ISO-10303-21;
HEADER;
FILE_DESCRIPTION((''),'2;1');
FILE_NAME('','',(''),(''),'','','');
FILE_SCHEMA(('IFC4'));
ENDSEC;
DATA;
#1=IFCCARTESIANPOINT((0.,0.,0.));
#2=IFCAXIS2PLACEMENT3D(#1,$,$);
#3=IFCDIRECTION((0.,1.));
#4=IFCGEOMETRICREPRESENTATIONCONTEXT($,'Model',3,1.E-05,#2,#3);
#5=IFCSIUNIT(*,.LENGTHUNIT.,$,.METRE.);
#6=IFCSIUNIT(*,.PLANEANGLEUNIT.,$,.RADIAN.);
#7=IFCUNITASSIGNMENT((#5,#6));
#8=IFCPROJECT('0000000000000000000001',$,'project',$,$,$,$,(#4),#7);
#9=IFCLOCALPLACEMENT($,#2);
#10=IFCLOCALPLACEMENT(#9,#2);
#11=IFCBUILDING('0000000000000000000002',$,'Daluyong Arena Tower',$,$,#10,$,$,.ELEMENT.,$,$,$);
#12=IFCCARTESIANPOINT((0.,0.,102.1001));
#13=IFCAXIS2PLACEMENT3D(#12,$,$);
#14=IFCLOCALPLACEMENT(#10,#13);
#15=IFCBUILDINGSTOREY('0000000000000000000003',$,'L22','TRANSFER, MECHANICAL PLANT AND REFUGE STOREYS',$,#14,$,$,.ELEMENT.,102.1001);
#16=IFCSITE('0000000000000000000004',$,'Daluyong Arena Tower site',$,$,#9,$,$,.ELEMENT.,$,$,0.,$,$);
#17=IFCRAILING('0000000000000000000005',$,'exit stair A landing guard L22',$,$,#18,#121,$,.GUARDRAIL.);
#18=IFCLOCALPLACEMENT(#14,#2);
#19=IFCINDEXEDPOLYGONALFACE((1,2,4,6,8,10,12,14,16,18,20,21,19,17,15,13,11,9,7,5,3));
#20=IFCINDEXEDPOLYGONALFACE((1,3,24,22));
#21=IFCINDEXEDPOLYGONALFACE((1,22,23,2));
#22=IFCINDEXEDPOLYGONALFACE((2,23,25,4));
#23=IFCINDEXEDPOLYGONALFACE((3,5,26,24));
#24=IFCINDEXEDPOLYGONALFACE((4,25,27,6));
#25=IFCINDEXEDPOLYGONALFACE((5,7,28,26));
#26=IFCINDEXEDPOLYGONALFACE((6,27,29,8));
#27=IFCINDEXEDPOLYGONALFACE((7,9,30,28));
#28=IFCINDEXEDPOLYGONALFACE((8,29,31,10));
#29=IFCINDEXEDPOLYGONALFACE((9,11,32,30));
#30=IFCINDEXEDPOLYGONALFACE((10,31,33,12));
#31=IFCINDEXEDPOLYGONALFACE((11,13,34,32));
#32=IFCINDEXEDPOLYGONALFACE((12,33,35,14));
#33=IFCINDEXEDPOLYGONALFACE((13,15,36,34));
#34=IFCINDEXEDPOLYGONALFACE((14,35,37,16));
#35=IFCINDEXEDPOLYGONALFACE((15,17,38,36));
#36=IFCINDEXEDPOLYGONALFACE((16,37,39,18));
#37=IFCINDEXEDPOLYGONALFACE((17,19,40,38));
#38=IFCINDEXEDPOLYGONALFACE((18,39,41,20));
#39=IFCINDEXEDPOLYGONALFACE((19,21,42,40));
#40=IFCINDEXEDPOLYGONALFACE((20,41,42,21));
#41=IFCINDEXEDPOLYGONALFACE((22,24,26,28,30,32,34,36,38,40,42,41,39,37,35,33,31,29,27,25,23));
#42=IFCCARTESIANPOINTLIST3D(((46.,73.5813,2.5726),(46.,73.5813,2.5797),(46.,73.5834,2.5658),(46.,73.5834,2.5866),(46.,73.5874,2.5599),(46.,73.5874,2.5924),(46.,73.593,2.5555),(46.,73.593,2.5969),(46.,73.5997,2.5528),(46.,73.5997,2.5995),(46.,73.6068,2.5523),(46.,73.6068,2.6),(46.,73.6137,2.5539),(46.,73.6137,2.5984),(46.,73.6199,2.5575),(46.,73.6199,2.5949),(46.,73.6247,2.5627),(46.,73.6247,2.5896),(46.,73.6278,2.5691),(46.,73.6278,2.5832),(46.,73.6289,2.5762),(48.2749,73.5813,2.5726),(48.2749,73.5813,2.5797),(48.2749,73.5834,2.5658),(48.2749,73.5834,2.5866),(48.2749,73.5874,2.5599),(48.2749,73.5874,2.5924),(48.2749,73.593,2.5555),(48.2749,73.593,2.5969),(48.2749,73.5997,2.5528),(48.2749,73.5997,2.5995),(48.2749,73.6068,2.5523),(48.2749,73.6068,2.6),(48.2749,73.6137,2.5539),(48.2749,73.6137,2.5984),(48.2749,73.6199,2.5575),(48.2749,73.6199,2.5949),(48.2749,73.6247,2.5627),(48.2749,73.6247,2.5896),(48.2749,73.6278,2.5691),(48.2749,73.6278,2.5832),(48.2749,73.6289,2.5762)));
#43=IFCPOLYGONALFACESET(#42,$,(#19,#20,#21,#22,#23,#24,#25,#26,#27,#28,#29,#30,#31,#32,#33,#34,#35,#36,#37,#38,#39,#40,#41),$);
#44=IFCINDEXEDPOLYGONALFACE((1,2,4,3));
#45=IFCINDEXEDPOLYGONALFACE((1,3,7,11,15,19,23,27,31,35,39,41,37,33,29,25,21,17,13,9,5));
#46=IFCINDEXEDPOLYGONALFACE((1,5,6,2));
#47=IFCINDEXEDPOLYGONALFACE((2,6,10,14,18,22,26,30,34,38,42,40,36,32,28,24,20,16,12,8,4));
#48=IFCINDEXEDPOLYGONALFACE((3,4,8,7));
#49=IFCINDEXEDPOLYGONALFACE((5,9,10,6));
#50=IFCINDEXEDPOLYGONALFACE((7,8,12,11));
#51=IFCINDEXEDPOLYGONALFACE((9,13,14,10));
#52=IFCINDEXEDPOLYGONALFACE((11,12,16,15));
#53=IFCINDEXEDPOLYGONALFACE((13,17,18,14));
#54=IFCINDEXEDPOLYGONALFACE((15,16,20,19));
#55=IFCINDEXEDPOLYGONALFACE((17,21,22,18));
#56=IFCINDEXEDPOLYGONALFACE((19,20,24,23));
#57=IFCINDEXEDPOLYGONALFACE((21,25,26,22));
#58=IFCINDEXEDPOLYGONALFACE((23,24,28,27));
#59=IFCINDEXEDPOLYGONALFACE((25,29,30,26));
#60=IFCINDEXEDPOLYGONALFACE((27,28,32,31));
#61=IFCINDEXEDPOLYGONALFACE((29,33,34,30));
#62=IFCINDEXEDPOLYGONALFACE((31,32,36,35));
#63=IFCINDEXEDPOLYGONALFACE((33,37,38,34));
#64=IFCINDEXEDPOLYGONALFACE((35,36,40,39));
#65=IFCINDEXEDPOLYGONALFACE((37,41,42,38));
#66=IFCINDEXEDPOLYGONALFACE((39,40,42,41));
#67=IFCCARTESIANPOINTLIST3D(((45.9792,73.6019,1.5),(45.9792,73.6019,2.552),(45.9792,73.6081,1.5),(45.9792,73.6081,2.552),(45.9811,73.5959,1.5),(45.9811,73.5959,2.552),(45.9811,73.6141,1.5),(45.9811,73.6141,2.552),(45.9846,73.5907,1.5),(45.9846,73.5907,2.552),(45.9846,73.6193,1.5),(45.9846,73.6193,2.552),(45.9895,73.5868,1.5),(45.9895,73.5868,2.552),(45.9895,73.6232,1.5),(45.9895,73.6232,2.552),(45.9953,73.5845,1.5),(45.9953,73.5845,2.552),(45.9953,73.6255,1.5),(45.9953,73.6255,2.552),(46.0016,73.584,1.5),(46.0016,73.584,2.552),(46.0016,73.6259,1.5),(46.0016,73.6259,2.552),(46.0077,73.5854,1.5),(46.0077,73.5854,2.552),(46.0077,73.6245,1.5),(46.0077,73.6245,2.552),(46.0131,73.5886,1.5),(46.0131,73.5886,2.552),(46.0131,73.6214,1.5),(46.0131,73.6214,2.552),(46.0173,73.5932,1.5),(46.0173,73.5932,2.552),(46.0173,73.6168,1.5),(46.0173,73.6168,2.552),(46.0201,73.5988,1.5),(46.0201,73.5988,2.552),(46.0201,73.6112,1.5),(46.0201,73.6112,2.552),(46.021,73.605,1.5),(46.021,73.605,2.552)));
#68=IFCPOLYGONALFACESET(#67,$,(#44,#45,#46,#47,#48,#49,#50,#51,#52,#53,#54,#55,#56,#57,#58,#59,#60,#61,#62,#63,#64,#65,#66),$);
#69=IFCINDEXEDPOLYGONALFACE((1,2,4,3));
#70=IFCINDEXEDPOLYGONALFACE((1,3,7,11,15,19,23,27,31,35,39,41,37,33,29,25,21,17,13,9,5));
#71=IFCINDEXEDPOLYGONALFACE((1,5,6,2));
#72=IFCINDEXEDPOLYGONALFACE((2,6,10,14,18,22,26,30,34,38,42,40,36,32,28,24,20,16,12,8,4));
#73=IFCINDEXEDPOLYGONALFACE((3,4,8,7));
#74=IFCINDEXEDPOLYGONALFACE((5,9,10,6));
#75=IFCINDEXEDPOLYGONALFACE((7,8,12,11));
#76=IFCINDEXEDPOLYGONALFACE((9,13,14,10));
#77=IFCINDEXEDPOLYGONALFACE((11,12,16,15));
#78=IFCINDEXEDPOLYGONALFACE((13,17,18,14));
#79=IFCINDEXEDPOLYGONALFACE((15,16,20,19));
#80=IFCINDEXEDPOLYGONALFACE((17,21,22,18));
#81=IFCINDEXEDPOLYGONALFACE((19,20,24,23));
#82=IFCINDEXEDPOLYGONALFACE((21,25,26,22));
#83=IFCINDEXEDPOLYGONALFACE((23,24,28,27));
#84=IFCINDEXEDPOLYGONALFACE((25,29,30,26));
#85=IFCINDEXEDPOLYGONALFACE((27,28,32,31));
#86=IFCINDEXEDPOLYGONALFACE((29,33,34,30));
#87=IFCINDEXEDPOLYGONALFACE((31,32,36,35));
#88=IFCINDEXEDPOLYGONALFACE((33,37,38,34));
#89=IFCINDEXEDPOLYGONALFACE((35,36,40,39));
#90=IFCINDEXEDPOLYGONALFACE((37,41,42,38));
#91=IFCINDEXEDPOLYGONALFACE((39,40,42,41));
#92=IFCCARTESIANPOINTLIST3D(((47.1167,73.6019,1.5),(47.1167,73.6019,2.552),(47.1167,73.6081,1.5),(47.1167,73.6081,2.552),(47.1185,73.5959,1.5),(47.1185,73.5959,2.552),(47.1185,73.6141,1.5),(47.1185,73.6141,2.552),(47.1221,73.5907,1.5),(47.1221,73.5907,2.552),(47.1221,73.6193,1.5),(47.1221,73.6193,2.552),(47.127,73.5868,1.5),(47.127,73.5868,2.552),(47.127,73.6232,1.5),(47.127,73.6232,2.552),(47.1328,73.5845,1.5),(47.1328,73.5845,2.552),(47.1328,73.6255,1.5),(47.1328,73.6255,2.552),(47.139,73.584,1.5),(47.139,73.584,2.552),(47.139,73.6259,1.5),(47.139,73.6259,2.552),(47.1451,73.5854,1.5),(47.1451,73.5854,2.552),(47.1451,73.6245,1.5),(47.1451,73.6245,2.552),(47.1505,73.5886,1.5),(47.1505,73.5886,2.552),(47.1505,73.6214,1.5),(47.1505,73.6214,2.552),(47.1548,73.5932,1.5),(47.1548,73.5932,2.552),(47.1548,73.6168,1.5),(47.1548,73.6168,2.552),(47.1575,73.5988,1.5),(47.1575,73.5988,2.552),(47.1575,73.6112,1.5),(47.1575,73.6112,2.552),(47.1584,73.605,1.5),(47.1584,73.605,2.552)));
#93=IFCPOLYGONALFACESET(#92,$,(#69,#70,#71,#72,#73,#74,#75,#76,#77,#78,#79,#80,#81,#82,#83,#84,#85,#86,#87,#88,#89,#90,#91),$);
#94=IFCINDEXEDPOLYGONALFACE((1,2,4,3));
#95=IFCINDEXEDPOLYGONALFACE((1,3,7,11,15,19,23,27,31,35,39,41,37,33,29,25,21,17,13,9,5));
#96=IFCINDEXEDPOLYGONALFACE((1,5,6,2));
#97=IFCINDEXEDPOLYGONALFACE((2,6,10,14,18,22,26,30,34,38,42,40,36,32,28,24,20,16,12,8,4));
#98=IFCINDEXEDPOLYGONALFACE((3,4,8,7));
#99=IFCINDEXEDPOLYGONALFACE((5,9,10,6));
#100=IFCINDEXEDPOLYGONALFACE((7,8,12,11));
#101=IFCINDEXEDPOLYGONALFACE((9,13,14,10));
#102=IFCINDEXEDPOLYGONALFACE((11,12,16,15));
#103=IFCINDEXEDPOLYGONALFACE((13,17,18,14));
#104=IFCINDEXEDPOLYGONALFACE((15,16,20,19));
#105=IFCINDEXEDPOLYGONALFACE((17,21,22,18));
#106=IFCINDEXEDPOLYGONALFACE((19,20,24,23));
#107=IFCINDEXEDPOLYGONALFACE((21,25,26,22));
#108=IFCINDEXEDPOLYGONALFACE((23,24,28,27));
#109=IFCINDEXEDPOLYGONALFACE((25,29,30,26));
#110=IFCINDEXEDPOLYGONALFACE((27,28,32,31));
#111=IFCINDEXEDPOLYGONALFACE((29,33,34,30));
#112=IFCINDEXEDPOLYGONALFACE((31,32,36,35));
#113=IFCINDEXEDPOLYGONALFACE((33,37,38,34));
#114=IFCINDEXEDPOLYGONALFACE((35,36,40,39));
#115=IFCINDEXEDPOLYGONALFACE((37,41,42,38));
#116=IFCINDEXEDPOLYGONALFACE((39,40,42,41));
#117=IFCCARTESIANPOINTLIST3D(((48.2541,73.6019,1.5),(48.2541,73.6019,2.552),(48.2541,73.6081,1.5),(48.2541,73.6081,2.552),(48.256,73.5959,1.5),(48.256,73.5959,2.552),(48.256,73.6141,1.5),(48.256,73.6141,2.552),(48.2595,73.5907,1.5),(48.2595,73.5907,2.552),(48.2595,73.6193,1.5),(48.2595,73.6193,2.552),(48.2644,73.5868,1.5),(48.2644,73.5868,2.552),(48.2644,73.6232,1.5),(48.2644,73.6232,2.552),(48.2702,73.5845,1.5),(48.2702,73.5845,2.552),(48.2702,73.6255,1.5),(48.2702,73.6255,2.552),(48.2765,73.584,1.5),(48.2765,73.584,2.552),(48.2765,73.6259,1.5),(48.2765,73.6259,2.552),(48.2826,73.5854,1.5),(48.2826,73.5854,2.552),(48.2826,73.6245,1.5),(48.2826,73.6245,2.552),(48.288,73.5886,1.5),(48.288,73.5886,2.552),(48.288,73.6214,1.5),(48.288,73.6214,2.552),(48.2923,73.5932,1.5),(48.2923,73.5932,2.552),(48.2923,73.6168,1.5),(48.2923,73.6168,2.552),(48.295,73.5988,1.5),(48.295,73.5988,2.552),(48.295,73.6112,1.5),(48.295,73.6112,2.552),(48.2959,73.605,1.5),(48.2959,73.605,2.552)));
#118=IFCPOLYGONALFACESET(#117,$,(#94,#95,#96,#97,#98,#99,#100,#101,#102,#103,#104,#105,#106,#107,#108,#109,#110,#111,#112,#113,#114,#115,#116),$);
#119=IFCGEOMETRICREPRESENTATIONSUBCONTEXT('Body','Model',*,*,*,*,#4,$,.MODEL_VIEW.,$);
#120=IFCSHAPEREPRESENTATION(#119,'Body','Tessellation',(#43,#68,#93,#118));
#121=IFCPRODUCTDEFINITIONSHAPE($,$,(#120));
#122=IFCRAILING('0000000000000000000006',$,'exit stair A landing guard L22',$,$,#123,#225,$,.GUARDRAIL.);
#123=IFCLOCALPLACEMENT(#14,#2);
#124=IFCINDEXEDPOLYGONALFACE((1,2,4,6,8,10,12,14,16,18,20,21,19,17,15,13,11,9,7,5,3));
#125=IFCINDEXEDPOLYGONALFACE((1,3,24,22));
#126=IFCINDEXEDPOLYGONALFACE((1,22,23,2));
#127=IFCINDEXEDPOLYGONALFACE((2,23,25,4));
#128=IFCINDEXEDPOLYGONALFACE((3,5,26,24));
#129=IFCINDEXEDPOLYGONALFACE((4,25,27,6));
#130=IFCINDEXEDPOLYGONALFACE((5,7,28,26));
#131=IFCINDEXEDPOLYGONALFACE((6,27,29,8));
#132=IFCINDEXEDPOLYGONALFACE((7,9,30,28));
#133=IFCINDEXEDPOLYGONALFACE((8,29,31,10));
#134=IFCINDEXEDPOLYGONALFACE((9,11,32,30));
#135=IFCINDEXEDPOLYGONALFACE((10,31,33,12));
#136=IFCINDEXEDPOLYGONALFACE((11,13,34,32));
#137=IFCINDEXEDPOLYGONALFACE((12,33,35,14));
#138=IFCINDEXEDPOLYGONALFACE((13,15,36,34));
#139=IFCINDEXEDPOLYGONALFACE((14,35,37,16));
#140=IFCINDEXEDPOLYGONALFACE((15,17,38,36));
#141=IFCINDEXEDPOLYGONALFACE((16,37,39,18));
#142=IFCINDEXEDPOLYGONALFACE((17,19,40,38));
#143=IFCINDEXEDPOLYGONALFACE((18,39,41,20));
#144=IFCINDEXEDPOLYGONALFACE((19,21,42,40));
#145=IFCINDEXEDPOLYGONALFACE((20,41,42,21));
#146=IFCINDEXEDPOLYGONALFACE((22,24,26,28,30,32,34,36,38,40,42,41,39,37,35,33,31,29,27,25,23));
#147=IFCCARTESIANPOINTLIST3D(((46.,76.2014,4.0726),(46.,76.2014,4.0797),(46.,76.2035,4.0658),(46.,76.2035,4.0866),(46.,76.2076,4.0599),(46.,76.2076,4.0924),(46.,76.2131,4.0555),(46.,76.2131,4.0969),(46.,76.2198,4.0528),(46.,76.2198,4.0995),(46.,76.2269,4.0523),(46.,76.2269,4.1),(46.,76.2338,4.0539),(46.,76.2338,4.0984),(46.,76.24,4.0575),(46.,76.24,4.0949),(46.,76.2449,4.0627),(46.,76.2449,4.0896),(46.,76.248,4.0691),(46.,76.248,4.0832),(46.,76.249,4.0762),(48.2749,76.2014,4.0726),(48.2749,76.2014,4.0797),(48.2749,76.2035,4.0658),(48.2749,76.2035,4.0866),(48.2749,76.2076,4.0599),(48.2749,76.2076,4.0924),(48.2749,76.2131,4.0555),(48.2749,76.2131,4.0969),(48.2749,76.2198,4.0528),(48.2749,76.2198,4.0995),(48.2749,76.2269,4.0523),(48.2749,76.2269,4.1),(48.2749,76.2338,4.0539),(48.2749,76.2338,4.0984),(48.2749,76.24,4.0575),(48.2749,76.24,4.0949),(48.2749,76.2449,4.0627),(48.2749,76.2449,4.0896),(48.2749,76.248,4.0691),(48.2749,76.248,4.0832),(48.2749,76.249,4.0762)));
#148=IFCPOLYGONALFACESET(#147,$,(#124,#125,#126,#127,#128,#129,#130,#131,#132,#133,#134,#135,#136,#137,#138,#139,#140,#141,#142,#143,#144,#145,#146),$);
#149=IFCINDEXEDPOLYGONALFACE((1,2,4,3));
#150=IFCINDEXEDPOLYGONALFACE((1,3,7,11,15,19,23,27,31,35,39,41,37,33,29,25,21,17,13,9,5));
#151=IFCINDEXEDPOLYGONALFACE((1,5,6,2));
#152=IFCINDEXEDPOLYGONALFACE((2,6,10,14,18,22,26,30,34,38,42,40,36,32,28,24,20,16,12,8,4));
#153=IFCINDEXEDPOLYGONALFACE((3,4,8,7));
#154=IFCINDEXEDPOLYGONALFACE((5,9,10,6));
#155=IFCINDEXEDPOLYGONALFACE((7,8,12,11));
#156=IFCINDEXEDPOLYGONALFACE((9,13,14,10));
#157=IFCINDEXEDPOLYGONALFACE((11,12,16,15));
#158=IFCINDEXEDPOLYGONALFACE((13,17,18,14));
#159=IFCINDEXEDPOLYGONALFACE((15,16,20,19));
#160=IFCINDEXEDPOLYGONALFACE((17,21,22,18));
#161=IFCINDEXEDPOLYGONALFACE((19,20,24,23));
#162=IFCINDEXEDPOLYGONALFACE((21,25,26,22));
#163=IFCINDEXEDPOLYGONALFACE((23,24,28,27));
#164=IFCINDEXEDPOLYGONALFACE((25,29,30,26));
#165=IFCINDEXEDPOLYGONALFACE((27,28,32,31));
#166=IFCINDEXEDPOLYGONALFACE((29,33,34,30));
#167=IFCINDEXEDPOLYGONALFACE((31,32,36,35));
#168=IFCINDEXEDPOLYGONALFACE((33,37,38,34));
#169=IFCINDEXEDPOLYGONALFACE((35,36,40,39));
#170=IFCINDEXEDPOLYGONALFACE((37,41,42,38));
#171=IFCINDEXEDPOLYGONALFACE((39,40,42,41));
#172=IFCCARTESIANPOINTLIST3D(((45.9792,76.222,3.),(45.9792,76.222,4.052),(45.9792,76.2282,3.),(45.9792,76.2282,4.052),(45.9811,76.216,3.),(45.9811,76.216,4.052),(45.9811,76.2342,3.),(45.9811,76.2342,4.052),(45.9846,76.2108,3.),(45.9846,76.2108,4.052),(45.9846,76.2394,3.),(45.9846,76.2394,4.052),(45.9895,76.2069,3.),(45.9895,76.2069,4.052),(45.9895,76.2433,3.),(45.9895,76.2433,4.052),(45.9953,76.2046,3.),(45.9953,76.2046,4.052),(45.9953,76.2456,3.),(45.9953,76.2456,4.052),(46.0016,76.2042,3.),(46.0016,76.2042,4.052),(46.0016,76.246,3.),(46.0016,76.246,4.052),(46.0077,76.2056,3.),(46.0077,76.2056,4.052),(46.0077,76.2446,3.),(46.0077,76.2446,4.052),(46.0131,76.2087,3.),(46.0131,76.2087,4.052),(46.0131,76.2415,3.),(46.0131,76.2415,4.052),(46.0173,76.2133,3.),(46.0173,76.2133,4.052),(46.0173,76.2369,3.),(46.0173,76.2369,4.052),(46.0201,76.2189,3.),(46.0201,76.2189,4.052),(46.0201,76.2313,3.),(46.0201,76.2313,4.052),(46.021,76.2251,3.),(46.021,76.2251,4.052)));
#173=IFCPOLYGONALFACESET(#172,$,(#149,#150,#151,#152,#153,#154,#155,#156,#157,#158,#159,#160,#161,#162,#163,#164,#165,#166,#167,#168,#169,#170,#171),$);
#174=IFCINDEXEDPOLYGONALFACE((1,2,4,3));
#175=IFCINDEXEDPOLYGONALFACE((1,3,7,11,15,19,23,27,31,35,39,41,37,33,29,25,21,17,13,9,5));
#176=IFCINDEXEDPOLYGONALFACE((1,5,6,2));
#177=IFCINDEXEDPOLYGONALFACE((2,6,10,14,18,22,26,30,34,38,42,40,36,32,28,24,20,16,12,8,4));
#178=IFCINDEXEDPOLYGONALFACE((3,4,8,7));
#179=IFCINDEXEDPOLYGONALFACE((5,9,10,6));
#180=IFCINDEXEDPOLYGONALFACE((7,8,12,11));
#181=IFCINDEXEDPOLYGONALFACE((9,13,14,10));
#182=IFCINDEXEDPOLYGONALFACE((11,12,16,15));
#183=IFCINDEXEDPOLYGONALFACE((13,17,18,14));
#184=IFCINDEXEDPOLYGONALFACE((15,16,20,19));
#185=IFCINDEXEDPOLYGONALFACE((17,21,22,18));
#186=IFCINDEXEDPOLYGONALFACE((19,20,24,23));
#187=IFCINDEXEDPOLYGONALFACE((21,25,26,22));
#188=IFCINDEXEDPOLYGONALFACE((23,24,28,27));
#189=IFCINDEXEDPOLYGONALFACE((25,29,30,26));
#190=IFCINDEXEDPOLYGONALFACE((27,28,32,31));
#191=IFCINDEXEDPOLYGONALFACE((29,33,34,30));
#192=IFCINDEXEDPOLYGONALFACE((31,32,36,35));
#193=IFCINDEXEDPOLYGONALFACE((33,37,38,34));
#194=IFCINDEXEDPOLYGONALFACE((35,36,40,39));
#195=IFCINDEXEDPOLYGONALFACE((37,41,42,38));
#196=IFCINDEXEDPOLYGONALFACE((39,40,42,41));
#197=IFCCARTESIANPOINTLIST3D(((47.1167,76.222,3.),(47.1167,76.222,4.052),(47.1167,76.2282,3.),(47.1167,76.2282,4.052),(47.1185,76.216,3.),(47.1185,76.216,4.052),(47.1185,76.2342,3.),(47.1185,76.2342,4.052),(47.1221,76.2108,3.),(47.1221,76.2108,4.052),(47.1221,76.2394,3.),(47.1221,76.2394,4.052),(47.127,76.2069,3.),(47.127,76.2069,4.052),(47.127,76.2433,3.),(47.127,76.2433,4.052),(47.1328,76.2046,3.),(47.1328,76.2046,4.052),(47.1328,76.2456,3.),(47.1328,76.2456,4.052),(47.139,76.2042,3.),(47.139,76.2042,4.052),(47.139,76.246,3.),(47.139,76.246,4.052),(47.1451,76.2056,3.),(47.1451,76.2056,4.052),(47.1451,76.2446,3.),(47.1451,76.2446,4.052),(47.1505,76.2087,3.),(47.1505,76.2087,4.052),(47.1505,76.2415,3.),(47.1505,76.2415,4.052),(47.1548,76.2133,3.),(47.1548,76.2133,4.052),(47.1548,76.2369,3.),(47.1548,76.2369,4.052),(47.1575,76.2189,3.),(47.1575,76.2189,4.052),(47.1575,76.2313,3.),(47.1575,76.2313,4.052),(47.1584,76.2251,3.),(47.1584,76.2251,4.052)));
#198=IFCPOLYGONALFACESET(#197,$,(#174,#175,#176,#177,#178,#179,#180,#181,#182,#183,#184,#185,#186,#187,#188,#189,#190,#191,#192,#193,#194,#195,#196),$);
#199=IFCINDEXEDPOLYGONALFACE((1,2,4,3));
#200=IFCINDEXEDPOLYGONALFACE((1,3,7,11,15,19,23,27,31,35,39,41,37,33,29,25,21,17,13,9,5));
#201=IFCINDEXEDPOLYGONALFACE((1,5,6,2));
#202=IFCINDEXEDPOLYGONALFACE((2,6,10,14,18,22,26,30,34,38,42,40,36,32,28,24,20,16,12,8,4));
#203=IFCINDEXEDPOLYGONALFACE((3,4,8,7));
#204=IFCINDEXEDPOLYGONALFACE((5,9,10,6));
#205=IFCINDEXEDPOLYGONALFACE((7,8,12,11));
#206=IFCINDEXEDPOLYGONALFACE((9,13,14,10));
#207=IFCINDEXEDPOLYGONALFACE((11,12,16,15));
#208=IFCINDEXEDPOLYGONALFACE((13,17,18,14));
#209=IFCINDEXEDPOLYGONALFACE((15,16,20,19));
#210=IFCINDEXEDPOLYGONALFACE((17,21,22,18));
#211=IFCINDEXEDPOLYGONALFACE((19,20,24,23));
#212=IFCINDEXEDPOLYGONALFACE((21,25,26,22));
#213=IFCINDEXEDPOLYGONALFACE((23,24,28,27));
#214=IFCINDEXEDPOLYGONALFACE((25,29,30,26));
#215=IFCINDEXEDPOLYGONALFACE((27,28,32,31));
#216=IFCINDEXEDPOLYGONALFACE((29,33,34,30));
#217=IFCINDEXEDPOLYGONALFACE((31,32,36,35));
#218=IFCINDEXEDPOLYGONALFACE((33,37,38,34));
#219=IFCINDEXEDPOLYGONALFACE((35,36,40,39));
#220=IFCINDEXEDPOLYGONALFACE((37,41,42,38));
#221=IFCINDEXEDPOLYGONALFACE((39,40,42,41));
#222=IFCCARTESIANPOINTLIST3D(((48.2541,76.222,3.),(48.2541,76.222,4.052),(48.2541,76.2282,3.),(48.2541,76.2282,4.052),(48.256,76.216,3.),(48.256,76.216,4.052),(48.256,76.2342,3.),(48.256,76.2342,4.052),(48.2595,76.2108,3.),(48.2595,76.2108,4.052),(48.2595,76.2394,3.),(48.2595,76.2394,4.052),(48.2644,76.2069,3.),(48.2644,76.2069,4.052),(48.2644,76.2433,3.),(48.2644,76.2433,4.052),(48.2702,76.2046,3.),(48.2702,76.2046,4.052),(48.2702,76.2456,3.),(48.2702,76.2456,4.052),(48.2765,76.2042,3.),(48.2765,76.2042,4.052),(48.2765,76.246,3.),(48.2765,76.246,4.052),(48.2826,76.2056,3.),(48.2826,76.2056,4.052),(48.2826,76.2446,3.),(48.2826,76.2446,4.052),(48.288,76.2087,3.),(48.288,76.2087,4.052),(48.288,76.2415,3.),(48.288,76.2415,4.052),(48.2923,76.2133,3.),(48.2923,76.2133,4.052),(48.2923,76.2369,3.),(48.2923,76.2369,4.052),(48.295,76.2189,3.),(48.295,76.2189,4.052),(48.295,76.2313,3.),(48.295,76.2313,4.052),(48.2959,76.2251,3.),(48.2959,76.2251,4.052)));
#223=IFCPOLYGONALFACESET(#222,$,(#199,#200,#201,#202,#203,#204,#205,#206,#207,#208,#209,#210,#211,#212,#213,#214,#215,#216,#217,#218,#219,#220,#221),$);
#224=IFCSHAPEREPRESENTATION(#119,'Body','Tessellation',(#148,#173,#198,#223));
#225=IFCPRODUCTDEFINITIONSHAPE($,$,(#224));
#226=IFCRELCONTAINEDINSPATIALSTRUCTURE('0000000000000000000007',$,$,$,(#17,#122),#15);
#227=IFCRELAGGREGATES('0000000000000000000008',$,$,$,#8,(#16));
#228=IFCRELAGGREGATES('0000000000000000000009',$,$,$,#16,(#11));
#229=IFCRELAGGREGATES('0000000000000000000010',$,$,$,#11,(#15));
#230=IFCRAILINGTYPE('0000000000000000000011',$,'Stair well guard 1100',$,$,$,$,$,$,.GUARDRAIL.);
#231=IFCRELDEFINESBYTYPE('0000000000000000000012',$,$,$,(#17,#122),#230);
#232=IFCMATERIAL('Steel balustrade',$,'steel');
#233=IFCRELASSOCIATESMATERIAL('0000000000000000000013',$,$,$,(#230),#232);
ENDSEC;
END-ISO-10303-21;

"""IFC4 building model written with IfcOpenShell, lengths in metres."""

from ifc_helpers import new_model, si_unit, direction, frame, origin, origin_2d, place, context, subcontext, project, spatial, circle, extrude, material, type_object, element, save


model = new_model("IFC4")

# Units and contexts
model_context = context("Model", 3, precision=1e-05, world=origin(), true_north=direction((0.0, 1.0)))
body_context = subcontext(model_context, "Body", "Model", "MODEL_VIEW")
ifc_project = project(units=[si_unit("LENGTHUNIT", "METRE"), si_unit("PLANEANGLEUNIT", "RADIAN")], contexts=[model_context])

# Site, building, storey
site_placement = place(None, origin())
site = spatial("IfcSite", under=ifc_project, at=site_placement, Name="Daluyong Arena Tower site", CompositionType="ELEMENT", RefElevation=0.0)
building_placement = place(site_placement, origin())
building = spatial("IfcBuilding", under=site, at=building_placement, Name="Daluyong Arena Tower", CompositionType="ELEMENT")
storey_placement = place(building_placement, frame((0.0, 0.0, 102.1001)))
storey = spatial("IfcBuildingStorey", under=building, at=storey_placement, Name="L22", Description="TRANSFER, MECHANICAL PLANT AND REFUGE STOREYS", CompositionType="ELEMENT", Elevation=102.1001)

# Railings
ifc_material_1 = material(Name="Steel balustrade", Category="steel")
railing_type_1 = type_object("IfcRailingType", Name="Stair well guard 1100", PredefinedType="GUARDRAIL", material=ifc_material_1)
for number, where, name in (
    (1, (46.0, 73.605, 1.5), "exit stair A landing guard L22"),
    (2, (46.0, 76.2251, 3.0), "exit stair A landing guard L22"),
):
    element("IfcRailing", number, at=place(storey_placement, frame(where)), inside=storey, type_object=railing_type_1, Name=name, PredefinedType="GUARDRAIL", context=body_context, shape_type="SweptSolid", body=[
        extrude(circle(Radius=0.0239, at=origin_2d()), frame((0.0, 0.0, 1.0762), z_axis=(1.0, 0.0, 0.0), x_axis=(0.0, 1.0, 0.0)), (0.0, 0.0, 1.0), 2.2749),
        extrude(circle(Radius=0.021, at=origin_2d()), origin(), (0.0, 0.0, 1.0), 1.052),
        extrude(circle(Radius=0.021, at=origin_2d()), frame((1.1375, 0.0, 0.0)), (0.0, 0.0, 1.0), 1.052),
        extrude(circle(Radius=0.021, at=origin_2d()), frame((2.2749, 0.0, 0.0)), (0.0, 0.0, 1.0), 1.052),
    ])

save(model, "model.ifc")
